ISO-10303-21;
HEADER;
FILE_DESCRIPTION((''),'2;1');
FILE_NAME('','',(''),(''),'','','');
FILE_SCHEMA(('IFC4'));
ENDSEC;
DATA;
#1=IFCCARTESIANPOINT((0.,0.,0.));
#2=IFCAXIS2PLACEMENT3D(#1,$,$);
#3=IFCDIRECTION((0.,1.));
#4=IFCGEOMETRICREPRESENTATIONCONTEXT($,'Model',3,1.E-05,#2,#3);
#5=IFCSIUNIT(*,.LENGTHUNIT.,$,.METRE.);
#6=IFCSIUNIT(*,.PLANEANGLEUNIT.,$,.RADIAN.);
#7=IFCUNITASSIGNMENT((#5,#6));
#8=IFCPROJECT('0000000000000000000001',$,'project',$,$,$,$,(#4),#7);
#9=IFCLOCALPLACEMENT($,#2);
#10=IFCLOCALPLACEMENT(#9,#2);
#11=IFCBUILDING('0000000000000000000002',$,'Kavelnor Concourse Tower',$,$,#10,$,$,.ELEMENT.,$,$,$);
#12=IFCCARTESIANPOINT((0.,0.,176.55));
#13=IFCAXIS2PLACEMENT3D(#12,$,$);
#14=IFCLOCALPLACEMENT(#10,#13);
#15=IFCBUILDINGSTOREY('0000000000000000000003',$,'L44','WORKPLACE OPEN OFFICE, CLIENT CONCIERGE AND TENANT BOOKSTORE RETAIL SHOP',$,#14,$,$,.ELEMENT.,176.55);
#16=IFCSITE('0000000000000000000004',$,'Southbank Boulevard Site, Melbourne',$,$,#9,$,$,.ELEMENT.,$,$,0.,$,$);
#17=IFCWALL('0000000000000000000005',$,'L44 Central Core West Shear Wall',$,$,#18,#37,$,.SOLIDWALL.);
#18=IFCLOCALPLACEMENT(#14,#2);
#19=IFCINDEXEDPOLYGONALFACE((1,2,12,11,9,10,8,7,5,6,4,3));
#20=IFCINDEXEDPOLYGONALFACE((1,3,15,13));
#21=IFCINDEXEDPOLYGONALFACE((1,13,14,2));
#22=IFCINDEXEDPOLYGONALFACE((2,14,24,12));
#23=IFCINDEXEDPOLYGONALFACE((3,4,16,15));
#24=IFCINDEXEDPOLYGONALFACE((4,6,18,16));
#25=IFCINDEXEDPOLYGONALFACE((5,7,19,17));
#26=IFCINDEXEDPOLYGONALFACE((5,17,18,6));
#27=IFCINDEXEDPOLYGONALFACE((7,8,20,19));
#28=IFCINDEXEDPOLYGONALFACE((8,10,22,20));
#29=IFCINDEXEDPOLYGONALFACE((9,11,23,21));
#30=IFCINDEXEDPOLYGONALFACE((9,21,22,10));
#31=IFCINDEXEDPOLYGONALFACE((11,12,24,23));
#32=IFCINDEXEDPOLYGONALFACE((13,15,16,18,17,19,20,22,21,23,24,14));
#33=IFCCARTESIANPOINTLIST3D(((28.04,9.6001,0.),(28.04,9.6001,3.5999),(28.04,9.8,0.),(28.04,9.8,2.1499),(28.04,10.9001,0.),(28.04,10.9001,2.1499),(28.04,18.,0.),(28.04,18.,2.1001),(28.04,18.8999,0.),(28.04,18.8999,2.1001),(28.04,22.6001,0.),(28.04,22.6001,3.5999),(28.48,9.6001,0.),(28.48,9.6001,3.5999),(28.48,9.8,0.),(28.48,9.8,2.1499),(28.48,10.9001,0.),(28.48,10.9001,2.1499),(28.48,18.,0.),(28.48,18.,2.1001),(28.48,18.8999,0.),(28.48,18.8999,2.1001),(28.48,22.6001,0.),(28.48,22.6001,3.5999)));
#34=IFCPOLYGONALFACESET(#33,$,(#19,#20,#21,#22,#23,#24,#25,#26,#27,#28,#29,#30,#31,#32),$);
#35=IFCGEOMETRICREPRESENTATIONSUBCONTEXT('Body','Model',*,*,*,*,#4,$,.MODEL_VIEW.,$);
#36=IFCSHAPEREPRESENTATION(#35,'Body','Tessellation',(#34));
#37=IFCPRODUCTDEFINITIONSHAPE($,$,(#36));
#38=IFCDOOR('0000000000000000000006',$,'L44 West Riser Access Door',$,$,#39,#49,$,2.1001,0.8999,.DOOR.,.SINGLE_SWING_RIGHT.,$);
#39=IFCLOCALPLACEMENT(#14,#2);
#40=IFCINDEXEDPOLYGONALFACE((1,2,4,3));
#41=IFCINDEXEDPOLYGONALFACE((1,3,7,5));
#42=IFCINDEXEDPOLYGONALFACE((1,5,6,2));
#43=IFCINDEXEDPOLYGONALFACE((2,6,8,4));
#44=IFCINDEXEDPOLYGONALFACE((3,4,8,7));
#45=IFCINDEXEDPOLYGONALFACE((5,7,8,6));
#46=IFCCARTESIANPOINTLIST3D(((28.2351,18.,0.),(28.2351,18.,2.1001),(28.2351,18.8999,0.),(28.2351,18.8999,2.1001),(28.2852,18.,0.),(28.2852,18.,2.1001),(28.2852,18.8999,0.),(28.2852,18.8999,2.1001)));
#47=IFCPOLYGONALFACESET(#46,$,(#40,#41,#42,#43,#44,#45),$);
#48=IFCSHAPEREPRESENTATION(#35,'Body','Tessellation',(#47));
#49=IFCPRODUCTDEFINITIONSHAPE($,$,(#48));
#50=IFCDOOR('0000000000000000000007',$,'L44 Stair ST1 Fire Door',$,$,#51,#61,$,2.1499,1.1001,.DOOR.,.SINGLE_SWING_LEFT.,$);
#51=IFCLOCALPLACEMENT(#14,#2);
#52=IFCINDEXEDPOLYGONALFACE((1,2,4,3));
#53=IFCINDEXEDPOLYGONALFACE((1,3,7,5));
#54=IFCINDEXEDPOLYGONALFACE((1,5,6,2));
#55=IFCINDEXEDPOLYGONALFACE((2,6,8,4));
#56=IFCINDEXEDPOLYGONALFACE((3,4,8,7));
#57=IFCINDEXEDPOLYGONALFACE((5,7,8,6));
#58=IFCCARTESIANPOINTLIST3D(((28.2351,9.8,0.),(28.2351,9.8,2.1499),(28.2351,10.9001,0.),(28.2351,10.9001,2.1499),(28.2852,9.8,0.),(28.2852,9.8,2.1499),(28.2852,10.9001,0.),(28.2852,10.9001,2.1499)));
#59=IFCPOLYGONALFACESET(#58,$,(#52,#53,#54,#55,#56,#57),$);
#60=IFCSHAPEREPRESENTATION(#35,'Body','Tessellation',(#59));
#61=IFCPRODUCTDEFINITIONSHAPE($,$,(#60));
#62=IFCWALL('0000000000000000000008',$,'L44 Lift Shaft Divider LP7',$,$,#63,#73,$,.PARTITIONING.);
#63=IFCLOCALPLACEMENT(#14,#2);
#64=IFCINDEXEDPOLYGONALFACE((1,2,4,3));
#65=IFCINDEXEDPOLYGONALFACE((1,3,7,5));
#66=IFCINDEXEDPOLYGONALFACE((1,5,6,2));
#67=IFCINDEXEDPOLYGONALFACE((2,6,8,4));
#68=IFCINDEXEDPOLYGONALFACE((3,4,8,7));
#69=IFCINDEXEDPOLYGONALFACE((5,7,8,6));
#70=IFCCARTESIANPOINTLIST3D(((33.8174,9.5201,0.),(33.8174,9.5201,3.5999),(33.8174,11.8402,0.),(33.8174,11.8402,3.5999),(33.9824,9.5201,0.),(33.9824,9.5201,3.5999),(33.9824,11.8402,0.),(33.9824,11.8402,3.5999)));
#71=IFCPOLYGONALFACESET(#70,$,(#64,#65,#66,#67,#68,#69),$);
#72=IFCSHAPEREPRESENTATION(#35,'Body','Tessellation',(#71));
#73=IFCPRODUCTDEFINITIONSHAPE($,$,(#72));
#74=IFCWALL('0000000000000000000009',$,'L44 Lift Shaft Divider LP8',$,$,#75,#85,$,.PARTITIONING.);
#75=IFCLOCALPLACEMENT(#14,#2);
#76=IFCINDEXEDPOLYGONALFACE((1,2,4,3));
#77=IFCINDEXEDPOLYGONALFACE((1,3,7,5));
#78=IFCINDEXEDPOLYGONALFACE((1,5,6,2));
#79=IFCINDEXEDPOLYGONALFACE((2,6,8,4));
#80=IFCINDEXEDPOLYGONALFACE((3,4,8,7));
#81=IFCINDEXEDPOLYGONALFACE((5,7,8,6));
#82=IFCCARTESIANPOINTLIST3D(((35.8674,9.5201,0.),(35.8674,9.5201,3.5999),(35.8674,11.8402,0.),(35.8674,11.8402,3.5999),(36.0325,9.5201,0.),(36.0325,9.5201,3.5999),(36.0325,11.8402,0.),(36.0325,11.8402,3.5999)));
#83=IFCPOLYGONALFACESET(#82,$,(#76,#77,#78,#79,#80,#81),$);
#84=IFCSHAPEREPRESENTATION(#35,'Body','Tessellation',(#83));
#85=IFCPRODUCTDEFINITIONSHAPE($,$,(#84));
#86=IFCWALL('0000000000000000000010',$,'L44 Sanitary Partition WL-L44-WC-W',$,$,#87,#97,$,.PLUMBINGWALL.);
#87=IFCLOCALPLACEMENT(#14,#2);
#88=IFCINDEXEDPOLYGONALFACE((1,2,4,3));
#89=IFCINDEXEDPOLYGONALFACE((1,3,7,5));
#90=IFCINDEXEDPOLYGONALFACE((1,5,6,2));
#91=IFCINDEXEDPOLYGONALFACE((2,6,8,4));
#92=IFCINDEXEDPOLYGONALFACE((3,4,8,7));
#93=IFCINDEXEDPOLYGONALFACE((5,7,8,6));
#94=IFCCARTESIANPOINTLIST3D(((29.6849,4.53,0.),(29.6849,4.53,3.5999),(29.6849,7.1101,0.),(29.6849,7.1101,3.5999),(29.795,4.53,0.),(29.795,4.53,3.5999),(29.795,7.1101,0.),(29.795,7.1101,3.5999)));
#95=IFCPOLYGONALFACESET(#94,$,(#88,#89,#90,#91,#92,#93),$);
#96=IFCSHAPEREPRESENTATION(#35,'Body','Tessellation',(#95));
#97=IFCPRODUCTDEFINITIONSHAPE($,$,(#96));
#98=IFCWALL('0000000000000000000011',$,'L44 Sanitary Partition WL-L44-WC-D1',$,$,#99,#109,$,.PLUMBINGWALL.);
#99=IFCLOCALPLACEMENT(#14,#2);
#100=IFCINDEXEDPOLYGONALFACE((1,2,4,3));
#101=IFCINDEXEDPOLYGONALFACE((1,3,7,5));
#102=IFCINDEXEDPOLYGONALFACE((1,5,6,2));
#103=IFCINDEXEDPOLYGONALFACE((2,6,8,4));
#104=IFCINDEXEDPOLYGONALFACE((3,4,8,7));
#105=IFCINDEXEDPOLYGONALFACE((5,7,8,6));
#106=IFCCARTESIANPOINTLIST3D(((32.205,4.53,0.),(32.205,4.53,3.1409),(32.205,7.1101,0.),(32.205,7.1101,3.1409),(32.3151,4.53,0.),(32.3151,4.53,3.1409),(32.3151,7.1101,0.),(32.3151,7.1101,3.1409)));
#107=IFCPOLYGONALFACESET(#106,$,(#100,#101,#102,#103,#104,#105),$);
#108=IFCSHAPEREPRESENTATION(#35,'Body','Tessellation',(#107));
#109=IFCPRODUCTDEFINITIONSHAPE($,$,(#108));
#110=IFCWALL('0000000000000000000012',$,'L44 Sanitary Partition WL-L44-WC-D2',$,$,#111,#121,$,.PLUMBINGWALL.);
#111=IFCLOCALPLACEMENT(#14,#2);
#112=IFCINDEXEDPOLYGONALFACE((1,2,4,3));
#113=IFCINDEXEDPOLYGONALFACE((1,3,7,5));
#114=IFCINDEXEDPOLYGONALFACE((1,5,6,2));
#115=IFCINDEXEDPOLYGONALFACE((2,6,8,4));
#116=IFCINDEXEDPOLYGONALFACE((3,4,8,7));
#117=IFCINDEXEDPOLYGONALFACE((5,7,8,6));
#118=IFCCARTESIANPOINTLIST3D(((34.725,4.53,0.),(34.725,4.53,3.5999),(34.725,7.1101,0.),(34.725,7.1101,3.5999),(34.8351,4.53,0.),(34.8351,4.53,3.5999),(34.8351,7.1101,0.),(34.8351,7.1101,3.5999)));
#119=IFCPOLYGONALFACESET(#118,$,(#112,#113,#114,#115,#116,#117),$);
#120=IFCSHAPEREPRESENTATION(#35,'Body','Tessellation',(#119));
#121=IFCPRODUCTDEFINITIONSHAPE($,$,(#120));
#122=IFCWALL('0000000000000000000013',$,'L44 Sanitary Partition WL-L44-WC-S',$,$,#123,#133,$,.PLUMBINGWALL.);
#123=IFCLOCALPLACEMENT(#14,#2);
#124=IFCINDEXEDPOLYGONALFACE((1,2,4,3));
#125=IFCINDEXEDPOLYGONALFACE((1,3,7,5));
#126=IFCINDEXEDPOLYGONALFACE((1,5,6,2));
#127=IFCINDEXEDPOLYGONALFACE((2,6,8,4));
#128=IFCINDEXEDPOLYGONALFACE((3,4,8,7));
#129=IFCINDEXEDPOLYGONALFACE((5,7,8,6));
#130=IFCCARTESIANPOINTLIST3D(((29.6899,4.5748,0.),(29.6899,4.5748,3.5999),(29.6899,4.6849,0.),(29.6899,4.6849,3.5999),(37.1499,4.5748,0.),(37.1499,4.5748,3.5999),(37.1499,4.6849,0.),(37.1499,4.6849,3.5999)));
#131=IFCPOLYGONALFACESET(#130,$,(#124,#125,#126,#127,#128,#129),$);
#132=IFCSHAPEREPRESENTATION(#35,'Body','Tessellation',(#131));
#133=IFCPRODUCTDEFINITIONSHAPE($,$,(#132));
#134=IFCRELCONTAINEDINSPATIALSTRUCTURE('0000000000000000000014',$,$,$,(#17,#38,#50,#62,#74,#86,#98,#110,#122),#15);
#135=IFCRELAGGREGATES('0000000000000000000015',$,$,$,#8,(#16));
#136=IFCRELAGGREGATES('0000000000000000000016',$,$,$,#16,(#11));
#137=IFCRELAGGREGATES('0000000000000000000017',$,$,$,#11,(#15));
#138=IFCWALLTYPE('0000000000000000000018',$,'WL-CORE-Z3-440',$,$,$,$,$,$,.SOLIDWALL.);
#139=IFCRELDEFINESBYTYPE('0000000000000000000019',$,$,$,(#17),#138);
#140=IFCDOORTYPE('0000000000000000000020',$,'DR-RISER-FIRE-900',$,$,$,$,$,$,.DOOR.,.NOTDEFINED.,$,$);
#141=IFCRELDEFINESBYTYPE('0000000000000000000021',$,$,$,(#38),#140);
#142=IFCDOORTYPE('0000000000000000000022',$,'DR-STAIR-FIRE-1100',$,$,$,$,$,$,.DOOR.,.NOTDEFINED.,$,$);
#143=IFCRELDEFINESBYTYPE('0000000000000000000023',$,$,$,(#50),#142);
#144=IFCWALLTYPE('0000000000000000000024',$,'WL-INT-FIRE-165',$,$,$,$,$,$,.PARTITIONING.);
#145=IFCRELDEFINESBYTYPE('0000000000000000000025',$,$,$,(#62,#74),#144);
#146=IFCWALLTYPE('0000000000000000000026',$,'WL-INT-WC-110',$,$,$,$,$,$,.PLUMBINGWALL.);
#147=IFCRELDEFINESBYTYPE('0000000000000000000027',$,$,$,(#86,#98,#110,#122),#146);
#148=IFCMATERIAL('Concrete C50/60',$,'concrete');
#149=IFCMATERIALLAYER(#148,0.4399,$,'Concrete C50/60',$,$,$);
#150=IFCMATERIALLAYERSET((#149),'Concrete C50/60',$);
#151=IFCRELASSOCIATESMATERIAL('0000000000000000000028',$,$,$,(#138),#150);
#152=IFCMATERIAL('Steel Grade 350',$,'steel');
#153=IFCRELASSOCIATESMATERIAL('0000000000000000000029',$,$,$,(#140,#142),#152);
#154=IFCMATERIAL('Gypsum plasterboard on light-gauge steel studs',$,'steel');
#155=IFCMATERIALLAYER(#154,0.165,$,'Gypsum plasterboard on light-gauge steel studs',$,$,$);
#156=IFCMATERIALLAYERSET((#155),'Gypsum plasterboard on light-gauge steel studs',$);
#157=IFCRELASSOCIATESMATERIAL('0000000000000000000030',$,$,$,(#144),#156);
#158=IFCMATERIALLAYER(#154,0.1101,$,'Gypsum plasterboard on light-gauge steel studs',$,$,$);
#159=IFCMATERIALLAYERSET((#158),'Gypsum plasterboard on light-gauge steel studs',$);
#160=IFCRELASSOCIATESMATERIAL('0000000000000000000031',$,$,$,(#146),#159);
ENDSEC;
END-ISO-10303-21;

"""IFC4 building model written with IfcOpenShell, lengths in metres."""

from ifc_helpers import new_model, si_unit, direction, frame, frame_2d, origin, place, context, subcontext, project, spatial, rectangle, extrude, material, layer, layer_set, type_object, element, fill, save


model = new_model("IFC4")

# Units and contexts
model_context = context("Model", 3, precision=1e-05, world=origin(), true_north=direction((0.0, 1.0)))
body_context = subcontext(model_context, "Body", "Model", "MODEL_VIEW")
ifc_project = project(units=[si_unit("LENGTHUNIT", "METRE"), si_unit("PLANEANGLEUNIT", "RADIAN")], contexts=[model_context])

# Site, building, storey
site_placement = place(None, origin())
site = spatial("IfcSite", under=ifc_project, at=site_placement, Name="Southbank Boulevard Site, Melbourne", CompositionType="ELEMENT", RefElevation=0.0)
building_placement = place(site_placement, origin())
building = spatial("IfcBuilding", under=site, at=building_placement, Name="Kavelnor Concourse Tower", CompositionType="ELEMENT")
storey_placement = place(building_placement, frame((0.0, 0.0, 176.55)))
storey = spatial("IfcBuildingStorey", under=building, at=storey_placement, Name="L44", Description="WORKPLACE OPEN OFFICE, CLIENT CONCIERGE AND TENANT BOOKSTORE RETAIL SHOP", CompositionType="ELEMENT", Elevation=176.55)

# Shared definitions
ifc_material_1 = material(Name="Steel Grade 350", Category="steel")

# Wall, openings, doors
ifc_material_2 = material(Name="Concrete C50/60", Category="concrete")
ifc_layer_1 = layer(ifc_material_2, 0.4399, Name="Concrete C50/60")
ifc_layer_set_1 = layer_set([ifc_layer_1], Name="Concrete C50/60")
wall_type_1 = type_object("IfcWallType", Name="WL-CORE-Z3-440", PredefinedType="SOLIDWALL", material=ifc_layer_set_1)
wall_1_placement = place(storey_placement, frame((28.26, 9.6001, 0.0), z_axis=(0.0, 0.0, 1.0), x_axis=(0.0, 1.0, 0.0)))
wall_1 = element("IfcWall", 1, at=wall_1_placement, inside=storey, type_object=wall_type_1, Name="L44 Central Core West Shear Wall", PredefinedType="SOLIDWALL", context=body_context, shape_type="SweptSolid", body=[
    extrude(rectangle(XDim=13.0, YDim=0.4399, at=frame_2d((6.5, 0.0))), origin(), (0.0, 0.0, 1.0), 3.5999),
])
opening_1_placement = place(wall_1_placement, frame((0.2, 0.0, 0.0)))
opening_1 = element("IfcOpeningElement", 2, at=opening_1_placement, cuts=wall_1, PredefinedType="OPENING", context=body_context, shape_type="SweptSolid", body=[
    extrude(rectangle(XDim=1.1001, YDim=2.1499, at=frame_2d((0.55, 1.075))), frame((0.0, 0.23, 0.0), z_axis=(0.0, -1.0, 0.0), x_axis=(1.0, 0.0, 0.0)), (0.0, 0.0, 1.0), 0.46),
])
opening_2_placement = place(wall_1_placement, frame((8.3999, 0.0, 0.0)))
opening_2 = element("IfcOpeningElement", 3, at=opening_2_placement, cuts=wall_1, PredefinedType="OPENING", context=body_context, shape_type="SweptSolid", body=[
    extrude(rectangle(XDim=0.8999, YDim=2.1001, at=frame_2d((0.45, 1.05))), frame((0.0, 0.23, 0.0), z_axis=(0.0, -1.0, 0.0), x_axis=(1.0, 0.0, 0.0)), (0.0, 0.0, 1.0), 0.46),
])
door_type_1 = type_object("IfcDoorType", Name="DR-RISER-FIRE-900", OperationType="NOTDEFINED", PredefinedType="DOOR", material=ifc_material_1)
door_1_placement = place(opening_2_placement, origin())
door_1 = element("IfcDoor", 4, at=door_1_placement, inside=storey, type_object=door_type_1, Name="L44 West Riser Access Door", OperationType="SINGLE_SWING_RIGHT", OverallHeight=2.1001, OverallWidth=0.8999, PredefinedType="DOOR", context=body_context, shape_type="SweptSolid", body=[
    extrude(rectangle(XDim=0.8999, YDim=2.1001, at=frame_2d((0.45, 1.05))), frame((0.0, 0.0249, 0.0), z_axis=(0.0, -1.0, 0.0), x_axis=(1.0, 0.0, 0.0)), (0.0, 0.0, 1.0), 0.05),
])
fill(opening_2, door_1)
door_type_2 = type_object("IfcDoorType", Name="DR-STAIR-FIRE-1100", OperationType="NOTDEFINED", PredefinedType="DOOR", material=ifc_material_1)
door_2_placement = place(opening_1_placement, origin())
door_2 = element("IfcDoor", 5, at=door_2_placement, inside=storey, type_object=door_type_2, Name="L44 Stair ST1 Fire Door", OperationType="SINGLE_SWING_LEFT", OverallHeight=2.1499, OverallWidth=1.1001, PredefinedType="DOOR", context=body_context, shape_type="SweptSolid", body=[
    extrude(rectangle(XDim=1.1001, YDim=2.1499, at=frame_2d((0.55, 1.075))), frame((0.0, 0.0249, 0.0), z_axis=(0.0, -1.0, 0.0), x_axis=(1.0, 0.0, 0.0)), (0.0, 0.0, 1.0), 0.05),
])
fill(opening_1, door_2)

# Walls
ifc_material_3 = material(Name="Gypsum plasterboard on light-gauge steel studs", Category="steel")
ifc_layer_2 = layer(ifc_material_3, 0.165, Name="Gypsum plasterboard on light-gauge steel studs")
ifc_layer_set_2 = layer_set([ifc_layer_2], Name="Gypsum plasterboard on light-gauge steel studs")
wall_type_2 = type_object("IfcWallType", Name="WL-INT-FIRE-165", PredefinedType="PARTITIONING", material=ifc_layer_set_2)
for number, where, z_axis, x_axis, name in (
    (6, (33.8999, 9.52, 0.0), (0.0, 0.0, 1.0), (0.0, 1.0, 0.0), "L44 Lift Shaft Divider LP7"),
    (7, (35.95, 9.52, 0.0), (0.0, 0.0, 1.0), (0.0, 1.0, 0.0), "L44 Lift Shaft Divider LP8"),
):
    element("IfcWall", number, at=place(storey_placement, frame(where, z_axis=z_axis, x_axis=x_axis)), inside=storey, type_object=wall_type_2, Name=name, PredefinedType="PARTITIONING", context=body_context, shape_type="SweptSolid", body=[
        extrude(rectangle(XDim=2.3201, YDim=0.165, at=frame_2d((1.1602, 0.0))), origin(), (0.0, 0.0, 1.0), 3.5999),
    ])
ifc_layer_3 = layer(ifc_material_3, 0.1101, Name="Gypsum plasterboard on light-gauge steel studs")
ifc_layer_set_3 = layer_set([ifc_layer_3], Name="Gypsum plasterboard on light-gauge steel studs")
wall_type_3 = type_object("IfcWallType", Name="WL-INT-WC-110", PredefinedType="PLUMBINGWALL", material=ifc_layer_set_3)
wall_2_placement = place(storey_placement, frame((29.74, 4.53, 0.0), z_axis=(0.0, 0.0, 1.0), x_axis=(0.0, 1.0, 0.0)))
element("IfcWall", 8, at=wall_2_placement, inside=storey, type_object=wall_type_3, Name="L44 Sanitary Partition WL-L44-WC-W", PredefinedType="PLUMBINGWALL", context=body_context, shape_type="SweptSolid", body=[
    extrude(rectangle(XDim=2.5801, YDim=0.1101, at=frame_2d((1.29, 0.0))), origin(), (0.0, 0.0, 1.0), 3.5999),
])
wall_3_placement = place(storey_placement, frame((32.26, 4.53, 0.0), z_axis=(0.0, 0.0, 1.0), x_axis=(0.0, 1.0, 0.0)))
element("IfcWall", 9, at=wall_3_placement, inside=storey, type_object=wall_type_3, Name="L44 Sanitary Partition WL-L44-WC-D1", PredefinedType="PLUMBINGWALL", context=body_context, shape_type="SweptSolid", body=[
    extrude(rectangle(XDim=2.5801, YDim=0.1101, at=frame_2d((1.29, 0.0))), origin(), (0.0, 0.0, 1.0), 3.1409),
])
wall_4_placement = place(storey_placement, frame((34.78, 4.53, 0.0), z_axis=(0.0, 0.0, 1.0), x_axis=(0.0, 1.0, 0.0)))
element("IfcWall", 10, at=wall_4_placement, inside=storey, type_object=wall_type_3, Name="L44 Sanitary Partition WL-L44-WC-D2", PredefinedType="PLUMBINGWALL", context=body_context, shape_type="SweptSolid", body=[
    extrude(rectangle(XDim=2.5801, YDim=0.1101, at=frame_2d((1.29, 0.0))), origin(), (0.0, 0.0, 1.0), 3.5999),
])
wall_5_placement = place(storey_placement, frame((29.6899, 4.6299, 0.0), z_axis=(0.0, 0.0, 1.0), x_axis=(1.0, 0.0, 0.0)))
element("IfcWall", 11, at=wall_5_placement, inside=storey, type_object=wall_type_3, Name="L44 Sanitary Partition WL-L44-WC-S", PredefinedType="PLUMBINGWALL", context=body_context, shape_type="SweptSolid", body=[
    extrude(rectangle(XDim=7.46, YDim=0.1101, at=frame_2d((3.73, 0.0))), origin(), (0.0, 0.0, 1.0), 3.5999),
])

save(model, "model.ifc")
